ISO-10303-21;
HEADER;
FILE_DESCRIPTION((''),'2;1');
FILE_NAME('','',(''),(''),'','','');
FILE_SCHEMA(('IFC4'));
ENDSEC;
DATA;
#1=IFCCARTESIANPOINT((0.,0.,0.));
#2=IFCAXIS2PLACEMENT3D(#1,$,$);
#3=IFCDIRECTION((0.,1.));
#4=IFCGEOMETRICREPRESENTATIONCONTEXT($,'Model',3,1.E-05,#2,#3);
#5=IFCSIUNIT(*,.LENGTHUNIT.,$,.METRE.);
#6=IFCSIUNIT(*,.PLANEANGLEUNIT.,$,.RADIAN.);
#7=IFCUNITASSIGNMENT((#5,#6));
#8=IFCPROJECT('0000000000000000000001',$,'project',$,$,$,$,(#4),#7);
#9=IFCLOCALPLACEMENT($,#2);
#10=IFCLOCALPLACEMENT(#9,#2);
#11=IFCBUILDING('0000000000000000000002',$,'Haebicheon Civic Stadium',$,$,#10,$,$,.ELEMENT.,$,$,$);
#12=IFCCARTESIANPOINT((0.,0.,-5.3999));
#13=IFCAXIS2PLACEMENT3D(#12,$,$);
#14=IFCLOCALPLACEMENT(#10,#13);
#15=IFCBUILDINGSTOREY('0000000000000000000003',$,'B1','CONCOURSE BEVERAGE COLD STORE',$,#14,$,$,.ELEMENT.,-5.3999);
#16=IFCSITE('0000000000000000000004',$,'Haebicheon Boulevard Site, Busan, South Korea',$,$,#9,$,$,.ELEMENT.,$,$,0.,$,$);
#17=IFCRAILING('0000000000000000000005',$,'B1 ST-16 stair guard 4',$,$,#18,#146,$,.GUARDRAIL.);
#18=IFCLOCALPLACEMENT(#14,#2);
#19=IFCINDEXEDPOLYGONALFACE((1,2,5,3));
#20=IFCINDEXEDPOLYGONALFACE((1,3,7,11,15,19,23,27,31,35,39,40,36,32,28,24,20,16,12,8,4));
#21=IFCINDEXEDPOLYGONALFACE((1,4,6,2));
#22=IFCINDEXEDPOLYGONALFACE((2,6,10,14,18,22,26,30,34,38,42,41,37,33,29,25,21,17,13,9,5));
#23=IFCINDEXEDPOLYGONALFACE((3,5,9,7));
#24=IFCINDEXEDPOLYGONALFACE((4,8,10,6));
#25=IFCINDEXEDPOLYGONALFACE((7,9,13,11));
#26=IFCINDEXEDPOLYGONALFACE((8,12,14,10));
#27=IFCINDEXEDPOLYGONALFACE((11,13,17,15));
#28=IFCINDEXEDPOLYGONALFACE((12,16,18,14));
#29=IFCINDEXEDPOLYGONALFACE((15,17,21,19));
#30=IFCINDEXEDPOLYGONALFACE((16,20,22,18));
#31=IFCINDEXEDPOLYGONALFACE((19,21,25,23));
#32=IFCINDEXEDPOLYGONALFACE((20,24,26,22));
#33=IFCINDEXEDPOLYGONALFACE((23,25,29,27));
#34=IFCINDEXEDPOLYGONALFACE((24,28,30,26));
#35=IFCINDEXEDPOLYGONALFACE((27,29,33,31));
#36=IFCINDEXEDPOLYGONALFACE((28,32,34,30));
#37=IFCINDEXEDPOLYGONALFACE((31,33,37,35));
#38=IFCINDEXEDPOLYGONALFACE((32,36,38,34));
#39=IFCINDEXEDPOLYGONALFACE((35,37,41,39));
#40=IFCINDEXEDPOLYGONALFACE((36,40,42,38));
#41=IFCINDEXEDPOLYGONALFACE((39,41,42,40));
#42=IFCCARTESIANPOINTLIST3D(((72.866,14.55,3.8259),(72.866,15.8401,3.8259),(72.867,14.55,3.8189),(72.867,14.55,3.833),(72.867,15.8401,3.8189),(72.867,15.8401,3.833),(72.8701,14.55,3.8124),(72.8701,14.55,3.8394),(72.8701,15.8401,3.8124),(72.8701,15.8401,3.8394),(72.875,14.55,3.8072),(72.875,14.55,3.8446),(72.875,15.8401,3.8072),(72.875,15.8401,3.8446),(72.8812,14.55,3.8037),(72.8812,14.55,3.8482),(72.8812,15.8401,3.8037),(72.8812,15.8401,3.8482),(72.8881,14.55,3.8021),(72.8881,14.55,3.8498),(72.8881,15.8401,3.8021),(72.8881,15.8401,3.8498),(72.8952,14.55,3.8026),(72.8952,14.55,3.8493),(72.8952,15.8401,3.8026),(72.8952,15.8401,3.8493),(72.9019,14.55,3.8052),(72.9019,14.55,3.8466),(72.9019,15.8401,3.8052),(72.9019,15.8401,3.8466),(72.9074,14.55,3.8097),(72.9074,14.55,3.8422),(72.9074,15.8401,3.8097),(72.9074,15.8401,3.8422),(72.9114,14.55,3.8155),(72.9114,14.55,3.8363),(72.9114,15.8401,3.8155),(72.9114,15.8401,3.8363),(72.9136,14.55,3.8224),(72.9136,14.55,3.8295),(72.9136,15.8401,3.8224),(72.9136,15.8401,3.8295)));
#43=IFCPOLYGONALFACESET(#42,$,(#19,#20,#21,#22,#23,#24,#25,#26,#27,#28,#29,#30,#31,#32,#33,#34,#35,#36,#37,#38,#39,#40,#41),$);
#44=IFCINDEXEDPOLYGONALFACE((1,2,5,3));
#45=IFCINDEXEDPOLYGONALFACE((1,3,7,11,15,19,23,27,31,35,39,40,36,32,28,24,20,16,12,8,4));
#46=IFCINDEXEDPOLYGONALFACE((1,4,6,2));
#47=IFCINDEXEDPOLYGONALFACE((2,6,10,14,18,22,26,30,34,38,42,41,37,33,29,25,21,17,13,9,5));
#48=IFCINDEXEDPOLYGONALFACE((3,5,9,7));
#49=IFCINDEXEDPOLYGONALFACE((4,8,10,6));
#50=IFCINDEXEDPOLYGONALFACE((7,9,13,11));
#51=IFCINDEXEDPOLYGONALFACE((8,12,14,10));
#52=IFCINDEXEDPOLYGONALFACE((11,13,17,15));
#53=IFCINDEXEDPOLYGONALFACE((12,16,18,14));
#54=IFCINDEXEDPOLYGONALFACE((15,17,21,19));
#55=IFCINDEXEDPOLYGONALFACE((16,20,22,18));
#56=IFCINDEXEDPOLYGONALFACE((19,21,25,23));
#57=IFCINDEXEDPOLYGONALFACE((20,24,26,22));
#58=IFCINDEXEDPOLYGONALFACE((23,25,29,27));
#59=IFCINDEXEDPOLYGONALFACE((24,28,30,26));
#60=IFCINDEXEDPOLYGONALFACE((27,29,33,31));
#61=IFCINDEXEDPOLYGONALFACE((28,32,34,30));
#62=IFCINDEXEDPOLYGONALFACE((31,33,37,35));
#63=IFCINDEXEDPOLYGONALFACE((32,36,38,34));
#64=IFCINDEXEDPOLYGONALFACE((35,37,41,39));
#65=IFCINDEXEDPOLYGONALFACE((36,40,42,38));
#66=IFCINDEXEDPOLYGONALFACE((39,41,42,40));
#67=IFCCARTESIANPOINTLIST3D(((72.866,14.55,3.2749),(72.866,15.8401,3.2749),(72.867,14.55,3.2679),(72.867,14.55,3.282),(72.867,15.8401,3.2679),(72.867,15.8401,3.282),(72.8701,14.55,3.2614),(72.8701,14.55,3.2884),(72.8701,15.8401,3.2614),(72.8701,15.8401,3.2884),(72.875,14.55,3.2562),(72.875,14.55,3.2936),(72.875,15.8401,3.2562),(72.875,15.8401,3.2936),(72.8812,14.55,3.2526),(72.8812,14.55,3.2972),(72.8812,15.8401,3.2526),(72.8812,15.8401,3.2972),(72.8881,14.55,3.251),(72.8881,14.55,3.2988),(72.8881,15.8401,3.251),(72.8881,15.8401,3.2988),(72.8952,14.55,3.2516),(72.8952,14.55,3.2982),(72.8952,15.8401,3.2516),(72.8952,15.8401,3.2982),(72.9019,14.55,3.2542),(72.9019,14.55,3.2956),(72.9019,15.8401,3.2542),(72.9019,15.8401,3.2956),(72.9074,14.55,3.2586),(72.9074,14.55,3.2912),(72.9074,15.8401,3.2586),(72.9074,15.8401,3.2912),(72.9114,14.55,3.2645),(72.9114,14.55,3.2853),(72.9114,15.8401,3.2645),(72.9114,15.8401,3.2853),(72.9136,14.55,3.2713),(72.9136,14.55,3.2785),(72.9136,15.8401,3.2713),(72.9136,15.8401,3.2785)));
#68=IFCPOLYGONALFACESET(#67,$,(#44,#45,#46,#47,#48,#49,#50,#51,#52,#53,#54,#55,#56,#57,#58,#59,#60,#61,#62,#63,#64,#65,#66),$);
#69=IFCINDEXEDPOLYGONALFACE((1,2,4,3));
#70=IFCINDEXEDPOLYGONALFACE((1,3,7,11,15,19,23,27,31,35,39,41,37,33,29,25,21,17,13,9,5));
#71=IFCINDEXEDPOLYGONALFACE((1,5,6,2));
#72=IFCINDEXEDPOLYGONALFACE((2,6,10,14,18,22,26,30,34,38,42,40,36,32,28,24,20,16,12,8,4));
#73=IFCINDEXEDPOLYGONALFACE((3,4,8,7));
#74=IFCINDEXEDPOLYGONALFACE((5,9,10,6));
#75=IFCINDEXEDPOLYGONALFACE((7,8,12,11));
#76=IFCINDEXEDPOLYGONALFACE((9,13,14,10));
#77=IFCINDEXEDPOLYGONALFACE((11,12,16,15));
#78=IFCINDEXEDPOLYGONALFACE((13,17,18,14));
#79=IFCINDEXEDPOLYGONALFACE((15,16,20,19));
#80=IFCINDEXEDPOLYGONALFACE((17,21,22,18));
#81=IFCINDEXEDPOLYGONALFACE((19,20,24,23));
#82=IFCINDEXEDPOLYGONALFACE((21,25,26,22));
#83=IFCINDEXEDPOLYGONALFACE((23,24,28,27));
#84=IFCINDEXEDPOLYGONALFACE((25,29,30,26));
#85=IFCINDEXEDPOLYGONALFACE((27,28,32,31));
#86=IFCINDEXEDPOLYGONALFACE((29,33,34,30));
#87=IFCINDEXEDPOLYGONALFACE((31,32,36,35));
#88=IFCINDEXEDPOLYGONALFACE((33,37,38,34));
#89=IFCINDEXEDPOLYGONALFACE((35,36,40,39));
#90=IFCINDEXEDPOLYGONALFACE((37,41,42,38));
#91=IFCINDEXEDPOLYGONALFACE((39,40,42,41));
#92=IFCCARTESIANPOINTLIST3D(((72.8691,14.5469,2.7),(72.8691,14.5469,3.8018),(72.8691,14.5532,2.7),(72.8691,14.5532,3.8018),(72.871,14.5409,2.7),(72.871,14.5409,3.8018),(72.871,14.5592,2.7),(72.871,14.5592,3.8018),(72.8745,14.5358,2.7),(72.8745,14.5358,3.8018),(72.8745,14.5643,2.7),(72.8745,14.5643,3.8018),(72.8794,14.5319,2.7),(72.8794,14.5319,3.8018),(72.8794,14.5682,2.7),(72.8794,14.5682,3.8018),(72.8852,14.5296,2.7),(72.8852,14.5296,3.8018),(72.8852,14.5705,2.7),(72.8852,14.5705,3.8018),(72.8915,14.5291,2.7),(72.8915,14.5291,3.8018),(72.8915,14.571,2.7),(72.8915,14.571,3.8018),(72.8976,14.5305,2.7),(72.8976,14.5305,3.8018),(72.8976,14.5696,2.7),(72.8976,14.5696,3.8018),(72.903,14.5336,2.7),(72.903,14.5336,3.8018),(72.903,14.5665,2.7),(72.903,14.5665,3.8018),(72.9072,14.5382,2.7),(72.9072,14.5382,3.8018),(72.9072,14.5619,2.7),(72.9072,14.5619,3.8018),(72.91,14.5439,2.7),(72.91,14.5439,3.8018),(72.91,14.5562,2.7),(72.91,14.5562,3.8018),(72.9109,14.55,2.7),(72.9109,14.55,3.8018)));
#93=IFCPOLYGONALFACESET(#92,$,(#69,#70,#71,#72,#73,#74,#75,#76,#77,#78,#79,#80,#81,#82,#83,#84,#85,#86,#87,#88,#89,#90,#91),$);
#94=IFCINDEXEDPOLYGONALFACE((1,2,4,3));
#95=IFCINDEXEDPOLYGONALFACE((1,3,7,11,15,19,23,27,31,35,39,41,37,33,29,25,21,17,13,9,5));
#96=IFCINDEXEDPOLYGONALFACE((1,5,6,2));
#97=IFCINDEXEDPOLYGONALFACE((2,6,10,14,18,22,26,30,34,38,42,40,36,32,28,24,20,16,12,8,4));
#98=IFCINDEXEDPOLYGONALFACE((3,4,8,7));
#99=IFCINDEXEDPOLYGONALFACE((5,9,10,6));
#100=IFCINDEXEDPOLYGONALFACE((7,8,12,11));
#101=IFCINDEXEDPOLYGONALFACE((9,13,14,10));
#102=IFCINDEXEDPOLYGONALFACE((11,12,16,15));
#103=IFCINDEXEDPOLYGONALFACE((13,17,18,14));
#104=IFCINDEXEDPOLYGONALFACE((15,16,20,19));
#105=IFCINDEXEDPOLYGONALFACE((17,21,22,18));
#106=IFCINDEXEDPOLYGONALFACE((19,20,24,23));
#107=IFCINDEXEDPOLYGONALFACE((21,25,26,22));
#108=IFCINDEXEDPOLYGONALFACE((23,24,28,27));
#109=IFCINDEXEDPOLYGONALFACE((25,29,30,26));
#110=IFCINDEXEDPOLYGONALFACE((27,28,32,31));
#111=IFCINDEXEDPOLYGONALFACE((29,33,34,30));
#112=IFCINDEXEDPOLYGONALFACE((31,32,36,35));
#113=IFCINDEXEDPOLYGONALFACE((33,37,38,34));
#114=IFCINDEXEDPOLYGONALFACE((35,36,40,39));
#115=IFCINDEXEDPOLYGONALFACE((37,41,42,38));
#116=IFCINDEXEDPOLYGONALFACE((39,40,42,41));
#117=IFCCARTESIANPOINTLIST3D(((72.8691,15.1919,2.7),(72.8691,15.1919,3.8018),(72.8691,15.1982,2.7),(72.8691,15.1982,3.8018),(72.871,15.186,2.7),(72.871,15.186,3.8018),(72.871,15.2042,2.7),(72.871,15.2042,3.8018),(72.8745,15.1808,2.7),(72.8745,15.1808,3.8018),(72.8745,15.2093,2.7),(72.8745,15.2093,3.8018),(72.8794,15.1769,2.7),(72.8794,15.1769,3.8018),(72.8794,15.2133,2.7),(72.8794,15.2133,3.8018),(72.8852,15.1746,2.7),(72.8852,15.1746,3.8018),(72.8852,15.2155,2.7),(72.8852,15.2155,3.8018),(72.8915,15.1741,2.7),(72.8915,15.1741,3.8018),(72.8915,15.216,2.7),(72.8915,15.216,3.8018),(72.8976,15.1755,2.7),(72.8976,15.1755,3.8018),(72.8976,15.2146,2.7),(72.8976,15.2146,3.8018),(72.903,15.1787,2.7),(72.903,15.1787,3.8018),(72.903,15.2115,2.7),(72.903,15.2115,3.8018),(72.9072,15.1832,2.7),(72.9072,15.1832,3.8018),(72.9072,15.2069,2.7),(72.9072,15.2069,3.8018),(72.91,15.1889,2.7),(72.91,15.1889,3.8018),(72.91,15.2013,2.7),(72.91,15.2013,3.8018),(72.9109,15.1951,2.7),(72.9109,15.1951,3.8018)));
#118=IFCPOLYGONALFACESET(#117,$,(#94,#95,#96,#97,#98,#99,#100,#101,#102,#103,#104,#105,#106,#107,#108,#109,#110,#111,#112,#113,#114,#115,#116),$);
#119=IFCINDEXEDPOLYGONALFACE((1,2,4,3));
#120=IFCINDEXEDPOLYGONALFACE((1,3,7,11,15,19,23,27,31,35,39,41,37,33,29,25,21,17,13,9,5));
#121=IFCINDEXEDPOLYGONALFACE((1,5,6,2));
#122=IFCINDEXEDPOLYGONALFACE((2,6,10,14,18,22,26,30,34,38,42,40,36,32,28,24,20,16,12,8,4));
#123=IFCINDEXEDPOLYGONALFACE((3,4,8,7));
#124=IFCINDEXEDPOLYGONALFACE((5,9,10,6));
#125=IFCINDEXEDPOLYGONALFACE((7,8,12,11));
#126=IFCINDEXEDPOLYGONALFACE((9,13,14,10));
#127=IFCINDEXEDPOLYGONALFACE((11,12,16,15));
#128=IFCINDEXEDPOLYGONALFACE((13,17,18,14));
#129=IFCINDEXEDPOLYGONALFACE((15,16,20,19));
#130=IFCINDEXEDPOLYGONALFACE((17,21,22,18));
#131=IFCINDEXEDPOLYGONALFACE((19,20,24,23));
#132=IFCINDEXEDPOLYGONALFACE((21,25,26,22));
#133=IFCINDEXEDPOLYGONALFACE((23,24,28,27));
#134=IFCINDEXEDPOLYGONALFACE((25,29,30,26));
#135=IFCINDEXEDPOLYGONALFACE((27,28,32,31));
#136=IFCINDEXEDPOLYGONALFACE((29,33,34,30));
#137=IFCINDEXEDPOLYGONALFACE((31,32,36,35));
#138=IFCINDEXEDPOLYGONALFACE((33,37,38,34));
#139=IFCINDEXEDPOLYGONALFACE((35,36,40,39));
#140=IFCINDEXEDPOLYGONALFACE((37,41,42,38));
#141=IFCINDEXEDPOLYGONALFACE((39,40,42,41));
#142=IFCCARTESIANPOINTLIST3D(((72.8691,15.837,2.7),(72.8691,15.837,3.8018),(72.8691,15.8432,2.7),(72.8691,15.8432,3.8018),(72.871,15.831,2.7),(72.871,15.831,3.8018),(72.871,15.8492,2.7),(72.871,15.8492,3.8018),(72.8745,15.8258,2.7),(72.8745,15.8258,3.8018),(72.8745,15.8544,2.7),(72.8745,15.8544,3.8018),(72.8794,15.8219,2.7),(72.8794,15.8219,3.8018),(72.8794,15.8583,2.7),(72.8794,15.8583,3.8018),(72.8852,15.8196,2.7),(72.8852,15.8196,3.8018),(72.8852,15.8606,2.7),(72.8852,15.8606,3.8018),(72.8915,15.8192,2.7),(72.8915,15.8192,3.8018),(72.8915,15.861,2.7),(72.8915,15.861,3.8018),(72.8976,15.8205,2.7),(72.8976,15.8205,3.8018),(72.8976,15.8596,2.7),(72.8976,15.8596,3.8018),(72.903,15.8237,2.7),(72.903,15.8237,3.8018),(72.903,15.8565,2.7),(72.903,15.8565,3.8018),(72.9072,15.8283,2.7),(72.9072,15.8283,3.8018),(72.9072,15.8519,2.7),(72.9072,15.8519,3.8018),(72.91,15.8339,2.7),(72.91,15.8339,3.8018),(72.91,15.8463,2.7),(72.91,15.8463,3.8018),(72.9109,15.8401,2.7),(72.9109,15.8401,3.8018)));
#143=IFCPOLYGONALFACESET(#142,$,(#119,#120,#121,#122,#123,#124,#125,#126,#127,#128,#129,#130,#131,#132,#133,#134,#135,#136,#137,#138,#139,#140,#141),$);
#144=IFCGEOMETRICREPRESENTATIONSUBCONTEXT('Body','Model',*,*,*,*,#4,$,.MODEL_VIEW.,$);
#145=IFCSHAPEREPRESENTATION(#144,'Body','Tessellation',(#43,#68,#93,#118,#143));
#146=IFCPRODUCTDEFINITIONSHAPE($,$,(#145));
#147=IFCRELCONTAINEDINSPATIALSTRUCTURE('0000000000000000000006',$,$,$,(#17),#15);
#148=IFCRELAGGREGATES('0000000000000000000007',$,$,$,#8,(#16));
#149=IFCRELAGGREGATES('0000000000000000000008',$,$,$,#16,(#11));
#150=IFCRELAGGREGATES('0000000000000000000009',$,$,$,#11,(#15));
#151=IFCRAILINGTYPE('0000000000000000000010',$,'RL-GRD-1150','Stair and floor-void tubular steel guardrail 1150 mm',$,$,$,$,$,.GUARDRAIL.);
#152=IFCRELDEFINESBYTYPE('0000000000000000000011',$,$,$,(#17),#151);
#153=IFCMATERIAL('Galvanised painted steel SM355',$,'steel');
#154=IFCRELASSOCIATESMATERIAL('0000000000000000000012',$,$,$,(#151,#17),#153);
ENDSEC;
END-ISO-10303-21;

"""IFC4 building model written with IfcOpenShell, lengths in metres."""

from ifc_helpers import new_model, si_unit, direction, frame, origin, origin_2d, place, context, subcontext, project, spatial, circle, extrude, material, type_object, element, save


model = new_model("IFC4")

# Units and contexts
model_context = context("Model", 3, precision=1e-05, world=origin(), true_north=direction((0.0, 1.0)))
body_context = subcontext(model_context, "Body", "Model", "MODEL_VIEW")
ifc_project = project(units=[si_unit("LENGTHUNIT", "METRE"), si_unit("PLANEANGLEUNIT", "RADIAN")], contexts=[model_context])

# Site, building, storey
site_placement = place(None, origin())
site = spatial("IfcSite", under=ifc_project, at=site_placement, Name="Haebicheon Boulevard Site, Busan, South Korea", CompositionType="ELEMENT", RefElevation=0.0)
building_placement = place(site_placement, origin())
building = spatial("IfcBuilding", under=site, at=building_placement, Name="Haebicheon Civic Stadium", CompositionType="ELEMENT")
storey_placement = place(building_placement, frame((0.0, 0.0, -5.3999)))
storey = spatial("IfcBuildingStorey", under=building, at=storey_placement, Name="B1", Description="CONCOURSE BEVERAGE COLD STORE", CompositionType="ELEMENT", Elevation=-5.3999)

# Railing
ifc_material_1 = material(Name="Galvanised painted steel SM355", Category="steel")
railing_type_1 = type_object("IfcRailingType", Name="RL-GRD-1150", Description="Stair and floor-void tubular steel guardrail 1150 mm", PredefinedType="GUARDRAIL", material=ifc_material_1)
railing_1_placement = place(storey_placement, frame((72.8899, 14.55, 2.7)))
element("IfcRailing", 1, at=railing_1_placement, inside=storey, type_object=railing_type_1, material=ifc_material_1, Name="B1 ST-16 stair guard 4", PredefinedType="GUARDRAIL", context=body_context, shape_type="SweptSolid", body=[
    extrude(circle(Radius=0.0239, at=origin_2d()), frame((0.0, 0.0, 1.126), z_axis=(0.0, 1.0, 0.0), x_axis=(-1.0, 0.0, 0.0)), (0.0, 0.0, 1.0), 1.29),
    extrude(circle(Radius=0.0239, at=origin_2d()), frame((0.0, 0.0, 0.575), z_axis=(0.0, 1.0, 0.0), x_axis=(-1.0, 0.0, 0.0)), (0.0, 0.0, 1.0), 1.29),
    extrude(circle(Radius=0.021, at=origin_2d()), origin(), (0.0, 0.0, 1.0), 1.1018),
    extrude(circle(Radius=0.021, at=origin_2d()), frame((0.0, 0.645, 0.0)), (0.0, 0.0, 1.0), 1.1018),
    extrude(circle(Radius=0.021, at=origin_2d()), frame((0.0, 1.29, 0.0)), (0.0, 0.0, 1.0), 1.1018),
])

save(model, "model.ifc")
